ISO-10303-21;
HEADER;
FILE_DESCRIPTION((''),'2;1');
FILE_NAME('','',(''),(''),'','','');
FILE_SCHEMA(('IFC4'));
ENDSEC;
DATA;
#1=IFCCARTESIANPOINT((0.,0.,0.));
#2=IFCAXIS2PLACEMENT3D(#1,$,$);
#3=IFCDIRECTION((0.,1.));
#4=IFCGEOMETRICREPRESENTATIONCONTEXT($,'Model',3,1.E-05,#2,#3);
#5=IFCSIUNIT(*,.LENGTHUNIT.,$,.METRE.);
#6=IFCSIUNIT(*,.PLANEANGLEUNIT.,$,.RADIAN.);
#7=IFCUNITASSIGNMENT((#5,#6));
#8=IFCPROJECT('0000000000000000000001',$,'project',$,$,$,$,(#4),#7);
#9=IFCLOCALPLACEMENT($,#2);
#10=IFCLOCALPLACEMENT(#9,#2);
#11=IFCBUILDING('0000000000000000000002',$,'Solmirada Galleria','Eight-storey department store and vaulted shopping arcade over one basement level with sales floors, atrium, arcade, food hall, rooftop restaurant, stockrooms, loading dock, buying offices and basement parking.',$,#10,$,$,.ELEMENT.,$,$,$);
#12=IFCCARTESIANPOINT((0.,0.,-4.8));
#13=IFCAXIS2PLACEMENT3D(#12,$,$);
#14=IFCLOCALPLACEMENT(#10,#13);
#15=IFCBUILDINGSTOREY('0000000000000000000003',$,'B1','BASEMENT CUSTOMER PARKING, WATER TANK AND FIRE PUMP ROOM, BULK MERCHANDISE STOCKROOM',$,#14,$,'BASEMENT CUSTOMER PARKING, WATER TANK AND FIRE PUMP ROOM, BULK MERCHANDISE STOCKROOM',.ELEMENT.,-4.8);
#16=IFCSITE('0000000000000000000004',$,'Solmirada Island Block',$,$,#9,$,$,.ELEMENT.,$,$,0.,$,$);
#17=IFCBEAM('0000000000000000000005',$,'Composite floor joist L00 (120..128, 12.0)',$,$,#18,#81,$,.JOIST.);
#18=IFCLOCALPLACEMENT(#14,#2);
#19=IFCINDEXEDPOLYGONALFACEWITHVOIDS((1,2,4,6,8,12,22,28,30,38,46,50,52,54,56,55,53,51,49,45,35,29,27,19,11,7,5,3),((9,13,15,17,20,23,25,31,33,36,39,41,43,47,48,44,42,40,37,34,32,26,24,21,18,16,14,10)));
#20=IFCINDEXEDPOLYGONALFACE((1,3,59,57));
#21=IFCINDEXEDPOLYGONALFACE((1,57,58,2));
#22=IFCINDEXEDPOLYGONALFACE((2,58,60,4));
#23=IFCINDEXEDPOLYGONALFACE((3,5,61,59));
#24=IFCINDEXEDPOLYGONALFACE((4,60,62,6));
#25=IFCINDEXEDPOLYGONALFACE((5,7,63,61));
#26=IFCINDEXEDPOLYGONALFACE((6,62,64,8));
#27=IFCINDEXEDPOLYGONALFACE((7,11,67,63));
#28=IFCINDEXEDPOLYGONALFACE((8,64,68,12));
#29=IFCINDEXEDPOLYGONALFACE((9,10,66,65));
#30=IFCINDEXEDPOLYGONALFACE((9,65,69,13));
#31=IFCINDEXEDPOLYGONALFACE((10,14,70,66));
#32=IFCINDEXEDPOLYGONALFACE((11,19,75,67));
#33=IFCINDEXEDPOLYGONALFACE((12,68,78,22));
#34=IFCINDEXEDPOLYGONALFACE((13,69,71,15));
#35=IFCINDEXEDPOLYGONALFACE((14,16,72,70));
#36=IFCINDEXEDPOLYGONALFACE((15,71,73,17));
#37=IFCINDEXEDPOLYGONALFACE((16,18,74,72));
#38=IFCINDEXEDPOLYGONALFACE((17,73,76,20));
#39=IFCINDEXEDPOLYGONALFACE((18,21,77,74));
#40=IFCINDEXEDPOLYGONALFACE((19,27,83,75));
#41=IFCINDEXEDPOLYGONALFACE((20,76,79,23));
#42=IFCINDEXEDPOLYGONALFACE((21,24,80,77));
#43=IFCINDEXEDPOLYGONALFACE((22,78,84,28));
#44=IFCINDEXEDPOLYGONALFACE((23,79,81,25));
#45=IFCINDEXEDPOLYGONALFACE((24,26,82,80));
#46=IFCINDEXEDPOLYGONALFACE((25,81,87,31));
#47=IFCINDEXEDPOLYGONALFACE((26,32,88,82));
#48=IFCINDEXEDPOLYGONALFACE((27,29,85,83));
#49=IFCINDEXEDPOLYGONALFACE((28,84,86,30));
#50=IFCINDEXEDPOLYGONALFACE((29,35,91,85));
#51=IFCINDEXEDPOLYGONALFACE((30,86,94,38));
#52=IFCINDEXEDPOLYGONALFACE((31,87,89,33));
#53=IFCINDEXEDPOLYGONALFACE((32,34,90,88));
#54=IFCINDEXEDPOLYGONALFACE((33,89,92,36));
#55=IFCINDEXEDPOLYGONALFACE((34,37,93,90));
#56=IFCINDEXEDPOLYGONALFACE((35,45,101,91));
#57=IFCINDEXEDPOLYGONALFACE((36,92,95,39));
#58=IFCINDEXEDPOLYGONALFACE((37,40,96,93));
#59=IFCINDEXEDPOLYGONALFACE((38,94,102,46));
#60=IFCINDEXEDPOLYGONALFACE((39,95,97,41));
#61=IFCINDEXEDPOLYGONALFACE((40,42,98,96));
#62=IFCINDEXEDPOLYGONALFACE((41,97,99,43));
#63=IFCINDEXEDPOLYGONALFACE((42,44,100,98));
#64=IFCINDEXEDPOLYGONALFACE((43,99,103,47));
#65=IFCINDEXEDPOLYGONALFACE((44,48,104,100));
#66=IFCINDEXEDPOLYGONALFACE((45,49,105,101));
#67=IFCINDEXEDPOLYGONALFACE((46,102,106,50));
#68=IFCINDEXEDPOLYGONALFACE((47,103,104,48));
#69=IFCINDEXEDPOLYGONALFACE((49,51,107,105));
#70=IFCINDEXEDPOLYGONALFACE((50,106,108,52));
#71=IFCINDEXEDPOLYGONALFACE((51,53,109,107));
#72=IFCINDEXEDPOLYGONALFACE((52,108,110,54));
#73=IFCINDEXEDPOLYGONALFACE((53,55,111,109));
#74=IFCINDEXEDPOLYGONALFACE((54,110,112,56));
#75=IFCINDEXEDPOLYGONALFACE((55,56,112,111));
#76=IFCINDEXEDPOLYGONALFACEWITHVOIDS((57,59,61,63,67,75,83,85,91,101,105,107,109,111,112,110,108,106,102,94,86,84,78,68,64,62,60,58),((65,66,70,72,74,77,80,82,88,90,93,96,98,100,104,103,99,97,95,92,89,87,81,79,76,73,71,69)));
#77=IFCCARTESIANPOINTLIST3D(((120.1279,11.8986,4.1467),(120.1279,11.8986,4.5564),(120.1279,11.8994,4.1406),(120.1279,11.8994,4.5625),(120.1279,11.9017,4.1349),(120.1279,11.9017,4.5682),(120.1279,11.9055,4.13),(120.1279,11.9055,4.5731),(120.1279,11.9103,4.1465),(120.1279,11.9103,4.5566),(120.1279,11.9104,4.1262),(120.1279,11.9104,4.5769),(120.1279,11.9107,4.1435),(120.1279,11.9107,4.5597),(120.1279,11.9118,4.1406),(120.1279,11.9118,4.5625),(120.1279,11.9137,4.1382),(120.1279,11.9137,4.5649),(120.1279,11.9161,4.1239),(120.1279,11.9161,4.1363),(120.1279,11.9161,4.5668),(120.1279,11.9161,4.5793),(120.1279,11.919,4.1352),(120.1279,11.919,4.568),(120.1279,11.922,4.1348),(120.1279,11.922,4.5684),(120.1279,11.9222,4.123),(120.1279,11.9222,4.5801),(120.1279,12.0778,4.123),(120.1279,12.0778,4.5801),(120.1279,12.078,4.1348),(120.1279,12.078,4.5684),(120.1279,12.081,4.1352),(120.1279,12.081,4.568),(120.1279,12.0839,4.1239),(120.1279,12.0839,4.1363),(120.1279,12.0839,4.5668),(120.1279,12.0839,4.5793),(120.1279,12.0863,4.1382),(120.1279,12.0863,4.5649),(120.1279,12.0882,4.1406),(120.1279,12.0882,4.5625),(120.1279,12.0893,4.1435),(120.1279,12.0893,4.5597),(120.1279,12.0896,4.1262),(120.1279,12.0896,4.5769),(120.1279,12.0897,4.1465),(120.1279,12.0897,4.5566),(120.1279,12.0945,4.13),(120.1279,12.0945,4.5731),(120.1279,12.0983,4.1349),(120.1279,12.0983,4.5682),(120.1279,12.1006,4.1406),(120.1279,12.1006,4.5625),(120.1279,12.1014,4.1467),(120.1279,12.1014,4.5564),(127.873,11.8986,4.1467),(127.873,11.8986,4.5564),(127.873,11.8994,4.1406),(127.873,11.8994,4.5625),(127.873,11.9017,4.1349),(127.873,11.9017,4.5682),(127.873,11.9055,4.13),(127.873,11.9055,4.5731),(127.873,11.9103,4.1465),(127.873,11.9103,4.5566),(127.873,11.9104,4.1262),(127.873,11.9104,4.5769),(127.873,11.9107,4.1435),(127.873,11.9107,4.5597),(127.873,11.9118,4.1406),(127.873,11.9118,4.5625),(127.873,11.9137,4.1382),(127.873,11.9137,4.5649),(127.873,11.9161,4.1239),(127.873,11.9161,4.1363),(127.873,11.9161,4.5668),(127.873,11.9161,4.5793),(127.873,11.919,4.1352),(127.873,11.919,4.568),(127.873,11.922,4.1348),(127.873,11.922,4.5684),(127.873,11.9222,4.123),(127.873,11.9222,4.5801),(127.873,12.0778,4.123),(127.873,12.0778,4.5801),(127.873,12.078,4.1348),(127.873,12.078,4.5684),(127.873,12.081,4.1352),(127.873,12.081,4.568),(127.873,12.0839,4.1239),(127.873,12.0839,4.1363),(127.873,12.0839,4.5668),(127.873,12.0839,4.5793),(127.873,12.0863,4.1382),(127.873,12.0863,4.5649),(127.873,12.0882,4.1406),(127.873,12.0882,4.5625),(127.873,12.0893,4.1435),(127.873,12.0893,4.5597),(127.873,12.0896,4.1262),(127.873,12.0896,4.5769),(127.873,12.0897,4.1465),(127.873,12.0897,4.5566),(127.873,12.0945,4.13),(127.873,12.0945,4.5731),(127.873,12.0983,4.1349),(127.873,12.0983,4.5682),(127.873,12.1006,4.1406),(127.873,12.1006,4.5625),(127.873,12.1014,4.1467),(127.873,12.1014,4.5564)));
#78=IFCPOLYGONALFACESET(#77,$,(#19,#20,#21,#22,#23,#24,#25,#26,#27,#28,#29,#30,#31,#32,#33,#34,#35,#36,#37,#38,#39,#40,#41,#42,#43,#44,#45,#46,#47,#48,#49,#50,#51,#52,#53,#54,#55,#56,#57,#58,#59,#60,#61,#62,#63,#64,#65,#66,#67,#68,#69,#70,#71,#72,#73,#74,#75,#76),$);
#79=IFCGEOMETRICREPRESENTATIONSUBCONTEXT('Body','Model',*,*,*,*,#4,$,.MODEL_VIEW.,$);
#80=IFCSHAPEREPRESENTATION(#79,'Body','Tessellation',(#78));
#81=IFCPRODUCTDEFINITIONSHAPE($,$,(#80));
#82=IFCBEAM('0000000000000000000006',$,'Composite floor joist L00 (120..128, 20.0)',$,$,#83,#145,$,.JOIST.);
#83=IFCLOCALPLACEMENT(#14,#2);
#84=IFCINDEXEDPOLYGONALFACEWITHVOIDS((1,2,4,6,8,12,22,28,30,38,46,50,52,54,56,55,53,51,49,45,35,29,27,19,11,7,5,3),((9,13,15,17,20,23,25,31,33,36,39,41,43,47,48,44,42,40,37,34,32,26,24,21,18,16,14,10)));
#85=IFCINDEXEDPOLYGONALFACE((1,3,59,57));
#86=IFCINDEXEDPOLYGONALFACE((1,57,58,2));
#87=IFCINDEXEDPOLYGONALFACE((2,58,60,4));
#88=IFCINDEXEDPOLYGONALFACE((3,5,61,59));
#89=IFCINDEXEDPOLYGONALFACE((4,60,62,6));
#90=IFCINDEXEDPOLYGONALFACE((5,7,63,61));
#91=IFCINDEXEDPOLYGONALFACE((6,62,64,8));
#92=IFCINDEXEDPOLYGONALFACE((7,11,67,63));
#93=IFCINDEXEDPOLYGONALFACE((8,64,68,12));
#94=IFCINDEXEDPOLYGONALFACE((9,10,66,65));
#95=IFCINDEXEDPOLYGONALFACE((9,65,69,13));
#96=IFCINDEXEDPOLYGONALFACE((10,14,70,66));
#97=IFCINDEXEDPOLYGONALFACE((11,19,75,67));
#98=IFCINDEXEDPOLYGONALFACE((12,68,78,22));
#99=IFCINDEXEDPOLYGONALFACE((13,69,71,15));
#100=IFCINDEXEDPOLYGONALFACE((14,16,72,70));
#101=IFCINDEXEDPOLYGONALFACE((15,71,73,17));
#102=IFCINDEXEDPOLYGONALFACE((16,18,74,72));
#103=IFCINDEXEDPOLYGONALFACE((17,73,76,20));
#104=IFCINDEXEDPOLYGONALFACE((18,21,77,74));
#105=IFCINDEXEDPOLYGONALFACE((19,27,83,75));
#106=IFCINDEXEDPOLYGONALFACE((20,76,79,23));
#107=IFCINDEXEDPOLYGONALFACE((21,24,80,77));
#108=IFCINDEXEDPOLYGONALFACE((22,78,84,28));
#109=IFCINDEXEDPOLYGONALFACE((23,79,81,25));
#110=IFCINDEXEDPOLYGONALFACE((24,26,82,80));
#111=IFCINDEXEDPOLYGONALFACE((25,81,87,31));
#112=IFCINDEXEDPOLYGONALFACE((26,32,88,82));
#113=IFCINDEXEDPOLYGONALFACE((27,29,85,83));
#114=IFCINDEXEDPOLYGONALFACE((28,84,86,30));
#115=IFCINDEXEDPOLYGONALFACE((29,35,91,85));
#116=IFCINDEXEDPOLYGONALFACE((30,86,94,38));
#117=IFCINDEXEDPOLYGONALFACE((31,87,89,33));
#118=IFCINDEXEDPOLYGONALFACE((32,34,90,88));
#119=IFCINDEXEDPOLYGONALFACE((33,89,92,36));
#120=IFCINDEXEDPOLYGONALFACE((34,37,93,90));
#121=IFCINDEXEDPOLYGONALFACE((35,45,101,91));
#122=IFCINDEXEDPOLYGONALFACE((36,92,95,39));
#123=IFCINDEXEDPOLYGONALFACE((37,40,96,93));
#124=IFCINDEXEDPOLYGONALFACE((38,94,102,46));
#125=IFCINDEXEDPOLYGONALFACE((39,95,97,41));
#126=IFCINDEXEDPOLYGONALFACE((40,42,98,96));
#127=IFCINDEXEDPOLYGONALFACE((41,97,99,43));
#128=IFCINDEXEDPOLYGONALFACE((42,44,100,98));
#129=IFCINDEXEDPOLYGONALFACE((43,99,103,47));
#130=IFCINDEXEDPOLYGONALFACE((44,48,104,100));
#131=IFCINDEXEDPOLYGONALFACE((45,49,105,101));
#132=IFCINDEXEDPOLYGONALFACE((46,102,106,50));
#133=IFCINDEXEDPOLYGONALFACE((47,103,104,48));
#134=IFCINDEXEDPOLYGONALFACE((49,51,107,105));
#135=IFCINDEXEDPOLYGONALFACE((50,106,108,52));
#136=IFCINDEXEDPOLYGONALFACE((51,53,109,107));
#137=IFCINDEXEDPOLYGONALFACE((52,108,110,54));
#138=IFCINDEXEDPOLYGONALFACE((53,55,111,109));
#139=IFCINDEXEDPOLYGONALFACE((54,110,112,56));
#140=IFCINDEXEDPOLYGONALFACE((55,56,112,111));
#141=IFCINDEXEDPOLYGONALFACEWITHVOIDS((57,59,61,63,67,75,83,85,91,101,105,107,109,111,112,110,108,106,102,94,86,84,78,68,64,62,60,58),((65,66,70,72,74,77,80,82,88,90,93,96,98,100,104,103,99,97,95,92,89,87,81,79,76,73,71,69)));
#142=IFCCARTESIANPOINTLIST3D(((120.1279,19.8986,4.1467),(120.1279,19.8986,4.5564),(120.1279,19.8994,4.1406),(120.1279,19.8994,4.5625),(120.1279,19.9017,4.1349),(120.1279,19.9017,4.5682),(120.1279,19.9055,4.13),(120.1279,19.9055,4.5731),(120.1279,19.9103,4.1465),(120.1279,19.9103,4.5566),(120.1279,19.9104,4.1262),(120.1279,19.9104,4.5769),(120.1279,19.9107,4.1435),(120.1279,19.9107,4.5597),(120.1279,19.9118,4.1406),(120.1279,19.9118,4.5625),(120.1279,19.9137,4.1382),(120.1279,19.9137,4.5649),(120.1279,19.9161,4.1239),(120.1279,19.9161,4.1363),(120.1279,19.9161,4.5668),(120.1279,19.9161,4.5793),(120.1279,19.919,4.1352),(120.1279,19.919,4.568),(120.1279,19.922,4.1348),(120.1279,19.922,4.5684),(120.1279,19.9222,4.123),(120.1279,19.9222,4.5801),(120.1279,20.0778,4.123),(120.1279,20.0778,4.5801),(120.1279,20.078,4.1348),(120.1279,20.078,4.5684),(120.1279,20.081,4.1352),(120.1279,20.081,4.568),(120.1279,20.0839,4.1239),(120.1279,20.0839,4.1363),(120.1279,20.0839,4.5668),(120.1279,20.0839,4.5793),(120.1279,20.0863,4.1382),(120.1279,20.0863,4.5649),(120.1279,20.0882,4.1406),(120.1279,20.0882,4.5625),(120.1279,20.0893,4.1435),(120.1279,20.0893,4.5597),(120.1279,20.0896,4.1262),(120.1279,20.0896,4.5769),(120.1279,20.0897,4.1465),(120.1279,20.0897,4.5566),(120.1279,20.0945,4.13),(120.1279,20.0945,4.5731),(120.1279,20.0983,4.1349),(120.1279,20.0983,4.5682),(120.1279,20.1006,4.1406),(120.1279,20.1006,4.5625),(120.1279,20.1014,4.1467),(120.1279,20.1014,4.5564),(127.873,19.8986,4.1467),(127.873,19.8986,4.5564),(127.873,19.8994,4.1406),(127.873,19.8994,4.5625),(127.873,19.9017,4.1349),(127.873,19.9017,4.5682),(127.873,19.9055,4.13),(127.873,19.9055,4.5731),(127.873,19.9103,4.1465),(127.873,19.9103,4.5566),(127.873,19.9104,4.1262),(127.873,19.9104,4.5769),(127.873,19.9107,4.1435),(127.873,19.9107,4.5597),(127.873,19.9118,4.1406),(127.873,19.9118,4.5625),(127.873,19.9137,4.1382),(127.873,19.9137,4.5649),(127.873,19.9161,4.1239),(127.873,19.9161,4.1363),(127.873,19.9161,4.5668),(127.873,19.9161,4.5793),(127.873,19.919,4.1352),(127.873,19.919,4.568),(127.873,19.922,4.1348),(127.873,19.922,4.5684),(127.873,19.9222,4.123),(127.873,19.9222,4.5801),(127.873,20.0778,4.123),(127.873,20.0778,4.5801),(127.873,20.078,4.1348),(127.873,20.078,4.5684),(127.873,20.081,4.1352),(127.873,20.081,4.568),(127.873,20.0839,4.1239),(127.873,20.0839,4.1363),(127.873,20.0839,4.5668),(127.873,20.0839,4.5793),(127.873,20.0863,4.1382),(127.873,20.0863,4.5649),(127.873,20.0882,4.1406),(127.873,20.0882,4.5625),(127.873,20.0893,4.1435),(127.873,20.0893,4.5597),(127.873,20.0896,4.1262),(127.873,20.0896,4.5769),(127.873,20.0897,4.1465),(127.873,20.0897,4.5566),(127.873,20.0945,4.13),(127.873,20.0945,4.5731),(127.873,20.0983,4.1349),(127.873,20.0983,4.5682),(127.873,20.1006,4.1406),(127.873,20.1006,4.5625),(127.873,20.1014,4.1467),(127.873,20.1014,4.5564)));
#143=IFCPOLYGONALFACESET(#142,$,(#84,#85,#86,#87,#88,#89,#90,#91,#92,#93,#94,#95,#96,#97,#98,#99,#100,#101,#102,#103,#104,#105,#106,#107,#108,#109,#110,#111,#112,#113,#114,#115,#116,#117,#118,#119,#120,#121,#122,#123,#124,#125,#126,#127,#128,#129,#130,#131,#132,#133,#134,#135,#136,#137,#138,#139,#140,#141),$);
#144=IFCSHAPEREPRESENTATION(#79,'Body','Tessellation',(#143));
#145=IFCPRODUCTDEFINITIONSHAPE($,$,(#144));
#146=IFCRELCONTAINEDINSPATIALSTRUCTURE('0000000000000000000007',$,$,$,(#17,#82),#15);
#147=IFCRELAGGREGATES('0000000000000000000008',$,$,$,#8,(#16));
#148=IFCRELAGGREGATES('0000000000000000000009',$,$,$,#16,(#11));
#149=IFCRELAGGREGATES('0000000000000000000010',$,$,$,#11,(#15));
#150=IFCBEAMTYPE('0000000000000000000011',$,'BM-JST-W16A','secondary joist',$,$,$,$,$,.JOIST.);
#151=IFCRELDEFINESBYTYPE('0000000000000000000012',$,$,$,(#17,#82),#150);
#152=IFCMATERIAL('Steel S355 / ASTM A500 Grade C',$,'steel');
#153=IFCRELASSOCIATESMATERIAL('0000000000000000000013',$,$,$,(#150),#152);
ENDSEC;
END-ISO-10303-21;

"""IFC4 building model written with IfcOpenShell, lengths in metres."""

from ifc_helpers import new_model, si_unit, direction, frame, origin, origin_2d, place, context, subcontext, project, spatial, hollow_rectangle, extrude, material, material_profile, profile_set, type_object, element, save


model = new_model("IFC4")

# Units and contexts
model_context = context("Model", 3, precision=1e-05, world=origin(), true_north=direction((0.0, 1.0)))
body_context = subcontext(model_context, "Body", "Model", "MODEL_VIEW")
ifc_project = project(units=[si_unit("LENGTHUNIT", "METRE"), si_unit("PLANEANGLEUNIT", "RADIAN")], contexts=[model_context])

# Site, building, storey
site_placement = place(None, origin())
site = spatial("IfcSite", under=ifc_project, at=site_placement, Name="Solmirada Island Block", CompositionType="ELEMENT", RefElevation=0.0)
building_placement = place(site_placement, origin())
building = spatial("IfcBuilding", under=site, at=building_placement, Name="Solmirada Galleria", Description="Eight-storey department store and vaulted shopping arcade over one basement level with sales floors, atrium, arcade, food hall, rooftop restaurant, stockrooms, loading dock, buying offices and basement parking.", CompositionType="ELEMENT")
storey_placement = place(building_placement, frame((0.0, 0.0, -4.8)))
storey = spatial("IfcBuildingStorey", under=building, at=storey_placement, Name="B1", Description="BASEMENT CUSTOMER PARKING, WATER TANK AND FIRE PUMP ROOM, BULK MERCHANDISE STOCKROOM", LongName="BASEMENT CUSTOMER PARKING, WATER TANK AND FIRE PUMP ROOM, BULK MERCHANDISE STOCKROOM", CompositionType="ELEMENT", Elevation=-4.8)

# Beams
ifc_material_1 = material(Name="Steel S355 / ASTM A500 Grade C", Category="steel")
ifc_material_profile_1 = material_profile(ifc_material_1, hollow_rectangle(XDim=0.2029, YDim=0.457, WallThickness=0.0117, InnerFilletRadius=0.0117, OuterFilletRadius=0.0237, at=origin_2d()), Name="HSS18X8X1/2")
ifc_profile_set_1 = profile_set([ifc_material_profile_1], Name="Steel S355 / ASTM A500 Grade C")
beam_type_1 = type_object("IfcBeamType", Name="BM-JST-W16A", Description="secondary joist", PredefinedType="JOIST", material=ifc_profile_set_1)
for number, where, z_axis, x_axis, name in (
    (1, (120.1279, 12.0, 4.3516), (1.0, 0.0, 0.0), (0.0, 1.0, 0.0), "Composite floor joist L00 (120..128, 12.0)"),
    (2, (120.1279, 20.0, 4.3516), (1.0, 0.0, 0.0), (0.0, 1.0, 0.0), "Composite floor joist L00 (120..128, 20.0)"),
):
    element("IfcBeam", number, at=place(storey_placement, frame(where, z_axis=z_axis, x_axis=x_axis)), inside=storey, type_object=beam_type_1, Name=name, PredefinedType="JOIST", context=body_context, shape_type="SweptSolid", body=[
        extrude(hollow_rectangle(XDim=0.2029, YDim=0.457, WallThickness=0.0117, InnerFilletRadius=0.0117, OuterFilletRadius=0.0237, at=origin_2d()), origin(), (0.0, 0.0, 1.0), 7.7451),
    ])

save(model, "model.ifc")
